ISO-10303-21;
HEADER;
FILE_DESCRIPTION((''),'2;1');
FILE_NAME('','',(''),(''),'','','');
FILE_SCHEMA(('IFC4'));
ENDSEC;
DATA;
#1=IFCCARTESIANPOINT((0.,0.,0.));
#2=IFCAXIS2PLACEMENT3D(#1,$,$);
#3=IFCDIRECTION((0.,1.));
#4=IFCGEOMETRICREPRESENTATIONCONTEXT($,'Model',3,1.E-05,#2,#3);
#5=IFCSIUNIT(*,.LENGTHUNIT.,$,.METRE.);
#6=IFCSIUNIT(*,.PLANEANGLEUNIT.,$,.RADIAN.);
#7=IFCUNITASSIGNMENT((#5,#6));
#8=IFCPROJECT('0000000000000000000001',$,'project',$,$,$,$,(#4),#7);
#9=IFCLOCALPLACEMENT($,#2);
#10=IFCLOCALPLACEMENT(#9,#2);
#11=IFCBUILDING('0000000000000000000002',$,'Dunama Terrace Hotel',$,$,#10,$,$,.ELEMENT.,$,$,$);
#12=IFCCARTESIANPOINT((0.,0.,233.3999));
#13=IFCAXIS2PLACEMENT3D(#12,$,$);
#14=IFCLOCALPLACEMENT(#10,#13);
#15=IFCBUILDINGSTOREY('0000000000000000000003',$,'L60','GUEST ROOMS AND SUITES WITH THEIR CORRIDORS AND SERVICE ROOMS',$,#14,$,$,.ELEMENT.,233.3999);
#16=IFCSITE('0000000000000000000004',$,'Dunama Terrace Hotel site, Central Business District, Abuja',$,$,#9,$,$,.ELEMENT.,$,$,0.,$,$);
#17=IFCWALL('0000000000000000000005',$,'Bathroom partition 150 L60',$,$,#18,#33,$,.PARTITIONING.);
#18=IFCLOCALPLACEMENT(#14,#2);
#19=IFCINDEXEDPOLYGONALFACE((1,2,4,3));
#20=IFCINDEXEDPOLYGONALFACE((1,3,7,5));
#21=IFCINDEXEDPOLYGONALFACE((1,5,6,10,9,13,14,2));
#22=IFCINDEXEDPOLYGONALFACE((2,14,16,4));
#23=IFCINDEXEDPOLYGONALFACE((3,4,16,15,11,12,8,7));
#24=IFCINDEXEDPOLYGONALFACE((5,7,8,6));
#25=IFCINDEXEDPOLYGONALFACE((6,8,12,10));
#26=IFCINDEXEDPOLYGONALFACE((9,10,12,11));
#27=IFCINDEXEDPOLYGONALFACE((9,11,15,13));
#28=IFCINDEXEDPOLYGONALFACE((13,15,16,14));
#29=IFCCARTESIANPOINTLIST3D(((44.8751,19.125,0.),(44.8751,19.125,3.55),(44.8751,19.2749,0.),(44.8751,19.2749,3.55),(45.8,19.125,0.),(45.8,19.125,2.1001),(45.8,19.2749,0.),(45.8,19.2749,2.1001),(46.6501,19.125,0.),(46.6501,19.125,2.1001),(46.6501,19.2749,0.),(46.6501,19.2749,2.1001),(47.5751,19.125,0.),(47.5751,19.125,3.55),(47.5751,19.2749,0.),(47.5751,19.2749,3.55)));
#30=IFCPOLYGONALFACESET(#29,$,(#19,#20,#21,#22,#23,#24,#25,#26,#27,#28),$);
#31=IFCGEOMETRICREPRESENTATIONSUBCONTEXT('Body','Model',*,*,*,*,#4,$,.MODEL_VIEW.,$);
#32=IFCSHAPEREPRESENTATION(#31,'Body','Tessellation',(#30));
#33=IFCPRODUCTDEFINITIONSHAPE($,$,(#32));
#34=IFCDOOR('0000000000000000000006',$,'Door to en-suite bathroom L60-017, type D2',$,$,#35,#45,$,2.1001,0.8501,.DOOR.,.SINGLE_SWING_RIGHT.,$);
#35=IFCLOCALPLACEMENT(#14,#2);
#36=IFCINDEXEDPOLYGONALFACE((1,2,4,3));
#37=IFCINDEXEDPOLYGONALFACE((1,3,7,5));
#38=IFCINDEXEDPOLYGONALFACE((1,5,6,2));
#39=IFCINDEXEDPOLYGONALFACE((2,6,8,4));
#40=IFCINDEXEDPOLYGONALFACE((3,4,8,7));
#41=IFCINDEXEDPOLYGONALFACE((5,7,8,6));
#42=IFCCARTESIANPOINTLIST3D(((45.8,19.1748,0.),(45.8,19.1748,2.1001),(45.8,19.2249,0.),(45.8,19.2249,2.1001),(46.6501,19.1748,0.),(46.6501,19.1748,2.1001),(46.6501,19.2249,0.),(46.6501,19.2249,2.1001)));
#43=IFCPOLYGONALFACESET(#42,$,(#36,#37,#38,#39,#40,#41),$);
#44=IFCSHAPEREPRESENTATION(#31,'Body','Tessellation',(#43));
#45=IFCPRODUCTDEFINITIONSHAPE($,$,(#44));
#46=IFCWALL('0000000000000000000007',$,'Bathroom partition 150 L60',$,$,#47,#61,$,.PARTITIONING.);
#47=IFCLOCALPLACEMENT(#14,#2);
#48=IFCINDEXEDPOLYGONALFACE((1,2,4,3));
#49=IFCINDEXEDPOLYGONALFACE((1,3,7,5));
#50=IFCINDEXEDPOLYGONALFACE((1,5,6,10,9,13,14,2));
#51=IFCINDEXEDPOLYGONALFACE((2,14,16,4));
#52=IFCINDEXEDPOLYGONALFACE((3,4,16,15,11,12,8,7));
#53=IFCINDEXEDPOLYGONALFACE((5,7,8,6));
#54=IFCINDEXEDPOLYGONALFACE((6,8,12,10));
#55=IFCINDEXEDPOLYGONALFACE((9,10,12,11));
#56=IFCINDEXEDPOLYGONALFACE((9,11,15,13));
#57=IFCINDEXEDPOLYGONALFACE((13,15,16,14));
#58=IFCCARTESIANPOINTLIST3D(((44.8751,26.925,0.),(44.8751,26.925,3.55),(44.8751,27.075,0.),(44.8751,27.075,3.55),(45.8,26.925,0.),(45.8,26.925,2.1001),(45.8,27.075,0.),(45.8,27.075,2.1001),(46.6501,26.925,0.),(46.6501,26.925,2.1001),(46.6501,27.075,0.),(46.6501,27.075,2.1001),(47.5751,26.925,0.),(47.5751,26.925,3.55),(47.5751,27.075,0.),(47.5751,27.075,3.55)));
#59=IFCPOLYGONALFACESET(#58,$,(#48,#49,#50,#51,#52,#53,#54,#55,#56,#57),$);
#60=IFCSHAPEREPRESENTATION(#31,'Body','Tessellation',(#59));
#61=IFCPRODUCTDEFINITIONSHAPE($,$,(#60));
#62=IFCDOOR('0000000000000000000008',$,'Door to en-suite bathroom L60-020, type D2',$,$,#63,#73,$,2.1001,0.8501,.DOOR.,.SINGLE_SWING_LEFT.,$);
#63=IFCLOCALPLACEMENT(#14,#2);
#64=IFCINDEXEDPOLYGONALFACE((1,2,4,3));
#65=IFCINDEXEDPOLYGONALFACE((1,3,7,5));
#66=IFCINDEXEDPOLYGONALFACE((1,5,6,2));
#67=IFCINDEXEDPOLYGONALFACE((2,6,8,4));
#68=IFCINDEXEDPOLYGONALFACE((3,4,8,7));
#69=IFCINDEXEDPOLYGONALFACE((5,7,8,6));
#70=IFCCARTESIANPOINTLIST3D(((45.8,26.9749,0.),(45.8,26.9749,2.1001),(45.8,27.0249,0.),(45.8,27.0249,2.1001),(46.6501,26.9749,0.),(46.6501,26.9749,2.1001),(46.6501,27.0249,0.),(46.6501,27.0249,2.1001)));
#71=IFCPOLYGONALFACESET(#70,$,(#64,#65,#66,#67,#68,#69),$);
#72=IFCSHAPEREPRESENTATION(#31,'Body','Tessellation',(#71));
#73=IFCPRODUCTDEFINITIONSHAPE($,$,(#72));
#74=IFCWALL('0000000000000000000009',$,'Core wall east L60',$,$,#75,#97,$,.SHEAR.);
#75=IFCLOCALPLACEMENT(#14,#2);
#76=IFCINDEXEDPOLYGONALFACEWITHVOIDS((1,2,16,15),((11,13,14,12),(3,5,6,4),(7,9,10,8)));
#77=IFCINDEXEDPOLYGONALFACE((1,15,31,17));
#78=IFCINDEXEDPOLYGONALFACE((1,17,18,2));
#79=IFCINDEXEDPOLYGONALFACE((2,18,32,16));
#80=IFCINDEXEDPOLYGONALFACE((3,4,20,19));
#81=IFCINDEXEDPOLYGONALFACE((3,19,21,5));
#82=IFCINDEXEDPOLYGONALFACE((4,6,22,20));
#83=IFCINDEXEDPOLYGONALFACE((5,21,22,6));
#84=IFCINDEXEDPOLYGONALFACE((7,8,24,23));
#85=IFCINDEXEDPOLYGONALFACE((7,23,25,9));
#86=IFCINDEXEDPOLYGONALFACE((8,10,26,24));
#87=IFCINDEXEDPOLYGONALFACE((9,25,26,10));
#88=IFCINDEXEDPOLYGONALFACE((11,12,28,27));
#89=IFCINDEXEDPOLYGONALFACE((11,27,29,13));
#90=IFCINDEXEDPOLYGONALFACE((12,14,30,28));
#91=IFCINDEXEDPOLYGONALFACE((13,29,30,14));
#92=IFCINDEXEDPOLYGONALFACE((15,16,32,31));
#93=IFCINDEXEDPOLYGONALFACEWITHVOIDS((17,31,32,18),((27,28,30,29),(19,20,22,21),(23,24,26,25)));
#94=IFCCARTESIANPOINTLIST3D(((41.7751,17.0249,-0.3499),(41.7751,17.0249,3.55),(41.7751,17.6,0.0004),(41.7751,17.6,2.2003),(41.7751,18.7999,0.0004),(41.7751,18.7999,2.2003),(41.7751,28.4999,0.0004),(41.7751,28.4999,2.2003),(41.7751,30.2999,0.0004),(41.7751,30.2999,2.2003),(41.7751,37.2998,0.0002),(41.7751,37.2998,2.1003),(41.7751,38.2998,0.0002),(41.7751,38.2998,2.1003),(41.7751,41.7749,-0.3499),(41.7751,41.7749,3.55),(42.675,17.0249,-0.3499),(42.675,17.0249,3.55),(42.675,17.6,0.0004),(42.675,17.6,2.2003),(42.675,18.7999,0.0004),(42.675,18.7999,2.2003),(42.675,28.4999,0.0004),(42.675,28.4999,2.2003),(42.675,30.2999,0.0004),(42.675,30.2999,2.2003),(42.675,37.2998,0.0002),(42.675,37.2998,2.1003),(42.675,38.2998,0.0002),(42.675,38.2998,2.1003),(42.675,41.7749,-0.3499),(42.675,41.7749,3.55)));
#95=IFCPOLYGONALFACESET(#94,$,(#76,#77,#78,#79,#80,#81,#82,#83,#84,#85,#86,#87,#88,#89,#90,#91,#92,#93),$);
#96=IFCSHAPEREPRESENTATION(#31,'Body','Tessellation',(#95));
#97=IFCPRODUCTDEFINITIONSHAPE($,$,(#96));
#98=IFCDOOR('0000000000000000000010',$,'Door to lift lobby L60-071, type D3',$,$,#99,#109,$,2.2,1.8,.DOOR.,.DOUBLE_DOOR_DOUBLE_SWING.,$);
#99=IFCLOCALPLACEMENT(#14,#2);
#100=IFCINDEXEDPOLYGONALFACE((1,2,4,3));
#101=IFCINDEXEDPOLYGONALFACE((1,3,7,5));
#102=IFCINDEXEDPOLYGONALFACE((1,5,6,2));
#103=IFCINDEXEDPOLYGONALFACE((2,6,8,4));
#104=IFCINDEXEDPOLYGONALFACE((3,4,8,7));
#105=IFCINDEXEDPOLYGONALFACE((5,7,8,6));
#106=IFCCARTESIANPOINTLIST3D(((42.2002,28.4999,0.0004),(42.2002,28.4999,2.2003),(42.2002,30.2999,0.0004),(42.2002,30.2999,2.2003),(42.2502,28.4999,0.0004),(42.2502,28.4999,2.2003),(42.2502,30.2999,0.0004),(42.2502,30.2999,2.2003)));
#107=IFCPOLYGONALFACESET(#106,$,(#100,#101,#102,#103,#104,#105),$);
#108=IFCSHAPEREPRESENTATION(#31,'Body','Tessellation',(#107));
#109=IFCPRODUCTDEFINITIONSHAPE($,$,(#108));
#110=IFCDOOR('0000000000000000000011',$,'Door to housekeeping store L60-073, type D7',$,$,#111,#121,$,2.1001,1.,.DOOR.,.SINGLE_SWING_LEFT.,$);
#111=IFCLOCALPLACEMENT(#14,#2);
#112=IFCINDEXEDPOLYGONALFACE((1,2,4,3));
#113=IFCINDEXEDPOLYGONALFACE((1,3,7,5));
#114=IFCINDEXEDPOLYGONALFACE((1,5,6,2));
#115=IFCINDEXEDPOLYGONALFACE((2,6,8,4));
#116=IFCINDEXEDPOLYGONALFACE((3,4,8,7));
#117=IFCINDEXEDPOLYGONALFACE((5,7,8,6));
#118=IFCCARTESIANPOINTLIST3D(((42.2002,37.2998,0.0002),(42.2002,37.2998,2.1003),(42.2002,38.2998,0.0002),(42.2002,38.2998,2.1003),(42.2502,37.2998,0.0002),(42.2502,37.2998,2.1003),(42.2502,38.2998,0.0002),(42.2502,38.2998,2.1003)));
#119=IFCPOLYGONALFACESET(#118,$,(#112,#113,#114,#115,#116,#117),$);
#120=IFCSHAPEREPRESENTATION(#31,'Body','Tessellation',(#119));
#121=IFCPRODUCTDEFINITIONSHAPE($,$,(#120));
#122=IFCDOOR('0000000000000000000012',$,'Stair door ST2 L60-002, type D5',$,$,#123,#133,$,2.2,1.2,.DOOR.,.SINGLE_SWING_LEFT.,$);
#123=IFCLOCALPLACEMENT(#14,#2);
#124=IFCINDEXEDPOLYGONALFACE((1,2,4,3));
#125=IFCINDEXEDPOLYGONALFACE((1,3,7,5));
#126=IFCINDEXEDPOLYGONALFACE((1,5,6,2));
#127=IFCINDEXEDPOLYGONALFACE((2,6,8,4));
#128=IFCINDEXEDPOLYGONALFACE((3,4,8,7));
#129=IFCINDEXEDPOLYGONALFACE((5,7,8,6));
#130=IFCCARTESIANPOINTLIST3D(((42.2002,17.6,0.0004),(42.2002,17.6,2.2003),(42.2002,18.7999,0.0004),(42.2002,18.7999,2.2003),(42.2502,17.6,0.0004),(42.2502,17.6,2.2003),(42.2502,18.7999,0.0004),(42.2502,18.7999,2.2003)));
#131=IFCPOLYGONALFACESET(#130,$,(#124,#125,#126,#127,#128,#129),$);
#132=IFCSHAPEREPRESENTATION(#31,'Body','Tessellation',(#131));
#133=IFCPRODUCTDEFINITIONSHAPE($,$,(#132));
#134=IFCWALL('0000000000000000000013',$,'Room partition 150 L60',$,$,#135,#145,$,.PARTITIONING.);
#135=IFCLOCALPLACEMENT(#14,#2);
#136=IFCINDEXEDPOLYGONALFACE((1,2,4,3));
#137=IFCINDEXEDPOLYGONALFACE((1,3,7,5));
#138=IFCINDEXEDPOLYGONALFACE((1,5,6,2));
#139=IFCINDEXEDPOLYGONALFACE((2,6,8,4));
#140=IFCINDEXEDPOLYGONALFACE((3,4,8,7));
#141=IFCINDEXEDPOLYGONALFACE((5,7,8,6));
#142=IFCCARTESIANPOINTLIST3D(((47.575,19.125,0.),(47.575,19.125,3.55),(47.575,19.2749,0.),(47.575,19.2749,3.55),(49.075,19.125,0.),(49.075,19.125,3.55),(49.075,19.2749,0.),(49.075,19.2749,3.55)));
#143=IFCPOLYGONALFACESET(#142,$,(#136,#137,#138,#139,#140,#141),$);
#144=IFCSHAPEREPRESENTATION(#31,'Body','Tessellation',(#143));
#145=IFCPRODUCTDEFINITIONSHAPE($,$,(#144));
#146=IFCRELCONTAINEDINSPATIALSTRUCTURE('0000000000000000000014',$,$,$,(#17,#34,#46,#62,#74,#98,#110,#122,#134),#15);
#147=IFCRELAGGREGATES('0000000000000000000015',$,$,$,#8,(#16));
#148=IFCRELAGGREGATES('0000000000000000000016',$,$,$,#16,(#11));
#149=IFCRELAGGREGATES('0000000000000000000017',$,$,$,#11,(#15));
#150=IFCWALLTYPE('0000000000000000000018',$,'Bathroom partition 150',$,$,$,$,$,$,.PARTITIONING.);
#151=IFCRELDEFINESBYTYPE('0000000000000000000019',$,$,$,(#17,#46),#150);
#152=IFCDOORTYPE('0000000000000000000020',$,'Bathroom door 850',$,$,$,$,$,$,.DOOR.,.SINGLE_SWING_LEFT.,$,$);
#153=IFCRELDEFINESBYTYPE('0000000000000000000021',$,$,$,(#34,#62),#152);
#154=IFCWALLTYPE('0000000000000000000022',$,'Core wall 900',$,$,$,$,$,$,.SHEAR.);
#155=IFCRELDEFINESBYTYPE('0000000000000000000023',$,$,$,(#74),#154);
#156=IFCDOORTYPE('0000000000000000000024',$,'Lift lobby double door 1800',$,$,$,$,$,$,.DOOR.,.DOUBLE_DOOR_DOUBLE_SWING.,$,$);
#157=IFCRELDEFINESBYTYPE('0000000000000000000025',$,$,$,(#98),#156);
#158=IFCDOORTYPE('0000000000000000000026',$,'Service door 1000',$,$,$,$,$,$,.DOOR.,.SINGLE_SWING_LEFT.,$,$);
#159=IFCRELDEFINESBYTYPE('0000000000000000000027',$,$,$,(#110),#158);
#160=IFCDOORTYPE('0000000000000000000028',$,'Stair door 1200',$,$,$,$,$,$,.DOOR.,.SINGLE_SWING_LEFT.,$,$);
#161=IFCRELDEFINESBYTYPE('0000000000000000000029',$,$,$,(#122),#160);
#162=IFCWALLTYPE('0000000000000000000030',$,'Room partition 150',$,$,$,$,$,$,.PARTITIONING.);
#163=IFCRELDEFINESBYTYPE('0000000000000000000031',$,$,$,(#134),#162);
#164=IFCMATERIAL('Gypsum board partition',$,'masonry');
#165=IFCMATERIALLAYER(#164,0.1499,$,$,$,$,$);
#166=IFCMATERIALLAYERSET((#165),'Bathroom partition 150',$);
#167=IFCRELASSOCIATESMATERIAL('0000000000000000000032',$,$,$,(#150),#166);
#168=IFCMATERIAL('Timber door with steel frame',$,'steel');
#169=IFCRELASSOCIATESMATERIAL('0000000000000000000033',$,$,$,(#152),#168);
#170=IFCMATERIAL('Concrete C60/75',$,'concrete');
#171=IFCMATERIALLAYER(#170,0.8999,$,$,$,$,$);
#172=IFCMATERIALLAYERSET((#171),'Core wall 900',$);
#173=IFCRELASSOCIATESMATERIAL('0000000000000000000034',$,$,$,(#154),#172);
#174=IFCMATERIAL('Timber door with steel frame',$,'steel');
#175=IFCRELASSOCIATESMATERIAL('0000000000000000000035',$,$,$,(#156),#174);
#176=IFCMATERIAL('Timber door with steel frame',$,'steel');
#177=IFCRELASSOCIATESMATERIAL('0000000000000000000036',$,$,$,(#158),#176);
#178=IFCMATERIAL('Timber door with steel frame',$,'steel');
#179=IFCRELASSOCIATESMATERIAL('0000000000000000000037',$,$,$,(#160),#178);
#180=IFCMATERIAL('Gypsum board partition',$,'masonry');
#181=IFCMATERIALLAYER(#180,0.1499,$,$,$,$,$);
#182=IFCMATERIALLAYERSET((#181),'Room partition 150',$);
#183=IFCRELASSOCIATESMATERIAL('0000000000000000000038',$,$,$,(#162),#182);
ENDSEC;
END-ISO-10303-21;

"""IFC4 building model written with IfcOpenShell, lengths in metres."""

from ifc_helpers import new_model, si_unit, direction, frame, frame_2d, origin, place, context, subcontext, project, spatial, rectangle, extrude, material, layer, layer_set, type_object, element, fill, save


model = new_model("IFC4")

# Units and contexts
model_context = context("Model", 3, precision=1e-05, world=origin(), true_north=direction((0.0, 1.0)))
body_context = subcontext(model_context, "Body", "Model", "MODEL_VIEW")
ifc_project = project(units=[si_unit("LENGTHUNIT", "METRE"), si_unit("PLANEANGLEUNIT", "RADIAN")], contexts=[model_context])

# Site, building, storey
site_placement = place(None, origin())
site = spatial("IfcSite", under=ifc_project, at=site_placement, Name="Dunama Terrace Hotel site, Central Business District, Abuja", CompositionType="ELEMENT", RefElevation=0.0)
building_placement = place(site_placement, origin())
building = spatial("IfcBuilding", under=site, at=building_placement, Name="Dunama Terrace Hotel", CompositionType="ELEMENT")
storey_placement = place(building_placement, frame((0.0, 0.0, 233.3999)))
storey = spatial("IfcBuildingStorey", under=building, at=storey_placement, Name="L60", Description="GUEST ROOMS AND SUITES WITH THEIR CORRIDORS AND SERVICE ROOMS", CompositionType="ELEMENT", Elevation=233.3999)

# Walls, openings, doors
ifc_material_1 = material(Name="Gypsum board partition", Category="masonry")
ifc_layer_1 = layer(ifc_material_1, 0.1499)
ifc_layer_set_1 = layer_set([ifc_layer_1], Name="Bathroom partition 150")
wall_type_1 = type_object("IfcWallType", Name="Bathroom partition 150", PredefinedType="PARTITIONING", material=ifc_layer_set_1)
wall_1_placement = place(storey_placement, frame((44.875, 19.2, 0.0), z_axis=(0.0, 0.0, 1.0), x_axis=(1.0, 0.0, 0.0)))
wall_1 = element("IfcWall", 1, at=wall_1_placement, inside=storey, type_object=wall_type_1, Name="Bathroom partition 150 L60", PredefinedType="PARTITIONING", context=body_context, shape_type="SweptSolid", body=[
    extrude(rectangle(XDim=2.7, YDim=0.1499, at=frame_2d((1.3501, 0.0))), origin(), (0.0, 0.0, 1.0), 3.55),
])
opening_1_placement = place(wall_1_placement, frame((0.925, 0.0, 0.0)))
opening_1 = element("IfcOpeningElement", 2, at=opening_1_placement, cuts=wall_1, PredefinedType="OPENING", context=body_context, shape_type="SweptSolid", body=[
    extrude(rectangle(XDim=0.8501, YDim=2.1001, at=frame_2d((0.425, 1.05))), frame((0.0, 0.085, 0.0), z_axis=(0.0, -1.0, 0.0), x_axis=(1.0, 0.0, 0.0)), (0.0, 0.0, 1.0), 0.1699),
])
ifc_material_2 = material(Name="Timber door with steel frame", Category="steel")
door_type_1 = type_object("IfcDoorType", Name="Bathroom door 850", OperationType="SINGLE_SWING_LEFT", PredefinedType="DOOR", material=ifc_material_2)
door_1_placement = place(opening_1_placement, frame((0.8501, 0.0, 0.0), z_axis=(0.0, 0.0, 1.0), x_axis=(-1.0, 0.0, 0.0)))
door_1 = element("IfcDoor", 3, at=door_1_placement, inside=storey, type_object=door_type_1, Name="Door to en-suite bathroom L60-017, type D2", OperationType="SINGLE_SWING_RIGHT", OverallHeight=2.1001, OverallWidth=0.8501, PredefinedType="DOOR", context=body_context, shape_type="SweptSolid", body=[
    extrude(rectangle(XDim=0.8501, YDim=2.1001, at=frame_2d((0.425, 1.05))), frame((0.0, 0.0251, 0.0), z_axis=(0.0, -1.0, 0.0), x_axis=(1.0, 0.0, 0.0)), (0.0, 0.0, 1.0), 0.05),
])
fill(opening_1, door_1)
wall_2_placement = place(storey_placement, frame((44.875, 27.0, 0.0), z_axis=(0.0, 0.0, 1.0), x_axis=(1.0, 0.0, 0.0)))
wall_2 = element("IfcWall", 4, at=wall_2_placement, inside=storey, type_object=wall_type_1, Name="Bathroom partition 150 L60", PredefinedType="PARTITIONING", context=body_context, shape_type="SweptSolid", body=[
    extrude(rectangle(XDim=2.7, YDim=0.1499, at=frame_2d((1.3501, 0.0))), origin(), (0.0, 0.0, 1.0), 3.55),
])
opening_2_placement = place(wall_2_placement, frame((0.925, 0.0, 0.0)))
opening_2 = element("IfcOpeningElement", 5, at=opening_2_placement, cuts=wall_2, PredefinedType="OPENING", context=body_context, shape_type="SweptSolid", body=[
    extrude(rectangle(XDim=0.8501, YDim=2.1001, at=frame_2d((0.425, 1.05))), frame((0.0, 0.085, 0.0), z_axis=(0.0, -1.0, 0.0), x_axis=(1.0, 0.0, 0.0)), (0.0, 0.0, 1.0), 0.1699),
])
door_2_placement = place(opening_2_placement, origin())
door_2 = element("IfcDoor", 6, at=door_2_placement, inside=storey, type_object=door_type_1, Name="Door to en-suite bathroom L60-020, type D2", OperationType="SINGLE_SWING_LEFT", OverallHeight=2.1001, OverallWidth=0.8501, PredefinedType="DOOR", context=body_context, shape_type="SweptSolid", body=[
    extrude(rectangle(XDim=0.8501, YDim=2.1001, at=frame_2d((0.425, 1.05))), frame((0.0, 0.0249, 0.0), z_axis=(0.0, -1.0, 0.0), x_axis=(1.0, 0.0, 0.0)), (0.0, 0.0, 1.0), 0.05),
])
fill(opening_2, door_2)

# Wall, openings, doors
ifc_material_3 = material(Name="Concrete C60/75", Category="concrete")
ifc_layer_2 = layer(ifc_material_3, 0.8999)
ifc_layer_set_2 = layer_set([ifc_layer_2], Name="Core wall 900")
wall_type_2 = type_object("IfcWallType", Name="Core wall 900", PredefinedType="SHEAR", material=ifc_layer_set_2)
wall_3_placement = place(storey_placement, frame((42.2251, 17.0249, -0.3499), z_axis=(0.0, 0.0, 1.0), x_axis=(0.0, 1.0, 0.0)))
wall_3 = element("IfcWall", 7, at=wall_3_placement, inside=storey, type_object=wall_type_2, Name="Core wall east L60", PredefinedType="SHEAR", context=body_context, shape_type="SweptSolid", body=[
    extrude(rectangle(XDim=24.75, YDim=0.8999, at=frame_2d((12.375, 0.0))), origin(), (0.0, 0.0, 1.0), 3.8999),
])
opening_3_placement = place(wall_3_placement, frame((0.575, 0.0, 0.3501)))
opening_3 = element("IfcOpeningElement", 8, at=opening_3_placement, cuts=wall_3, PredefinedType="OPENING", context=body_context, shape_type="SweptSolid", body=[
    extrude(rectangle(XDim=1.2, YDim=2.2, at=frame_2d((0.6001, 1.1001))), frame((0.0, 0.46, 0.0), z_axis=(0.0, -1.0, 0.0), x_axis=(1.0, 0.0, 0.0)), (0.0, 0.0, 1.0), 0.9199),
])
opening_4_placement = place(wall_3_placement, frame((11.4751, 0.0, 0.3501)))
opening_4 = element("IfcOpeningElement", 9, at=opening_4_placement, cuts=wall_3, PredefinedType="OPENING", context=body_context, shape_type="SweptSolid", body=[
    extrude(rectangle(XDim=1.8, YDim=2.2, at=frame_2d((0.8999, 1.1001))), frame((0.0, 0.46, 0.0), z_axis=(0.0, -1.0, 0.0), x_axis=(1.0, 0.0, 0.0)), (0.0, 0.0, 1.0), 0.9199),
])
opening_5_placement = place(wall_3_placement, frame((20.2749, 0.0, 0.3501)))
opening_5 = element("IfcOpeningElement", 10, at=opening_5_placement, cuts=wall_3, PredefinedType="OPENING", context=body_context, shape_type="SweptSolid", body=[
    extrude(rectangle(XDim=1.0, YDim=2.1001, at=frame_2d((0.5, 1.05))), frame((0.0, 0.46, 0.0), z_axis=(0.0, -1.0, 0.0), x_axis=(1.0, 0.0, 0.0)), (0.0, 0.0, 1.0), 0.9199),
])
ifc_material_4 = material(Name="Timber door with steel frame", Category="steel")
door_type_2 = type_object("IfcDoorType", Name="Lift lobby double door 1800", OperationType="DOUBLE_DOOR_DOUBLE_SWING", PredefinedType="DOOR", material=ifc_material_4)
door_3_placement = place(opening_4_placement, origin())
door_3 = element("IfcDoor", 11, at=door_3_placement, inside=storey, type_object=door_type_2, Name="Door to lift lobby L60-071, type D3", OperationType="DOUBLE_DOOR_DOUBLE_SWING", OverallHeight=2.2, OverallWidth=1.8, PredefinedType="DOOR", context=body_context, shape_type="SweptSolid", body=[
    extrude(rectangle(XDim=1.8, YDim=2.2, at=frame_2d((0.8999, 1.1001))), frame((0.0, 0.0249, 0.0), z_axis=(0.0, -1.0, 0.0), x_axis=(1.0, 0.0, 0.0)), (0.0, 0.0, 1.0), 0.05),
])
fill(opening_4, door_3)
ifc_material_5 = material(Name="Timber door with steel frame", Category="steel")
door_type_3 = type_object("IfcDoorType", Name="Service door 1000", OperationType="SINGLE_SWING_LEFT", PredefinedType="DOOR", material=ifc_material_5)
door_4_placement = place(opening_5_placement, origin())
door_4 = element("IfcDoor", 12, at=door_4_placement, inside=storey, type_object=door_type_3, Name="Door to housekeeping store L60-073, type D7", OperationType="SINGLE_SWING_LEFT", OverallHeight=2.1001, OverallWidth=1.0, PredefinedType="DOOR", context=body_context, shape_type="SweptSolid", body=[
    extrude(rectangle(XDim=1.0, YDim=2.1001, at=frame_2d((0.5, 1.05))), frame((0.0, 0.0249, 0.0), z_axis=(0.0, -1.0, 0.0), x_axis=(1.0, 0.0, 0.0)), (0.0, 0.0, 1.0), 0.05),
])
fill(opening_5, door_4)
ifc_material_6 = material(Name="Timber door with steel frame", Category="steel")
door_type_4 = type_object("IfcDoorType", Name="Stair door 1200", OperationType="SINGLE_SWING_LEFT", PredefinedType="DOOR", material=ifc_material_6)
door_5_placement = place(opening_3_placement, origin())
door_5 = element("IfcDoor", 13, at=door_5_placement, inside=storey, type_object=door_type_4, Name="Stair door ST2 L60-002, type D5", OperationType="SINGLE_SWING_LEFT", OverallHeight=2.2, OverallWidth=1.2, PredefinedType="DOOR", context=body_context, shape_type="SweptSolid", body=[
    extrude(rectangle(XDim=1.2, YDim=2.2, at=frame_2d((0.6001, 1.1001))), frame((0.0, 0.0249, 0.0), z_axis=(0.0, -1.0, 0.0), x_axis=(1.0, 0.0, 0.0)), (0.0, 0.0, 1.0), 0.05),
])
fill(opening_3, door_5)

# Wall
ifc_material_7 = material(Name="Gypsum board partition", Category="masonry")
ifc_layer_3 = layer(ifc_material_7, 0.1499)
ifc_layer_set_3 = layer_set([ifc_layer_3], Name="Room partition 150")
wall_type_3 = type_object("IfcWallType", Name="Room partition 150", PredefinedType="PARTITIONING", material=ifc_layer_set_3)
wall_4_placement = place(storey_placement, frame((47.575, 19.2, 0.0), z_axis=(0.0, 0.0, 1.0), x_axis=(1.0, 0.0, 0.0)))
element("IfcWall", 14, at=wall_4_placement, inside=storey, type_object=wall_type_3, Name="Room partition 150 L60", PredefinedType="PARTITIONING", context=body_context, shape_type="SweptSolid", body=[
    extrude(rectangle(XDim=1.5, YDim=0.1499, at=frame_2d((0.75, 0.0))), origin(), (0.0, 0.0, 1.0), 3.55),
])

save(model, "model.ifc")
